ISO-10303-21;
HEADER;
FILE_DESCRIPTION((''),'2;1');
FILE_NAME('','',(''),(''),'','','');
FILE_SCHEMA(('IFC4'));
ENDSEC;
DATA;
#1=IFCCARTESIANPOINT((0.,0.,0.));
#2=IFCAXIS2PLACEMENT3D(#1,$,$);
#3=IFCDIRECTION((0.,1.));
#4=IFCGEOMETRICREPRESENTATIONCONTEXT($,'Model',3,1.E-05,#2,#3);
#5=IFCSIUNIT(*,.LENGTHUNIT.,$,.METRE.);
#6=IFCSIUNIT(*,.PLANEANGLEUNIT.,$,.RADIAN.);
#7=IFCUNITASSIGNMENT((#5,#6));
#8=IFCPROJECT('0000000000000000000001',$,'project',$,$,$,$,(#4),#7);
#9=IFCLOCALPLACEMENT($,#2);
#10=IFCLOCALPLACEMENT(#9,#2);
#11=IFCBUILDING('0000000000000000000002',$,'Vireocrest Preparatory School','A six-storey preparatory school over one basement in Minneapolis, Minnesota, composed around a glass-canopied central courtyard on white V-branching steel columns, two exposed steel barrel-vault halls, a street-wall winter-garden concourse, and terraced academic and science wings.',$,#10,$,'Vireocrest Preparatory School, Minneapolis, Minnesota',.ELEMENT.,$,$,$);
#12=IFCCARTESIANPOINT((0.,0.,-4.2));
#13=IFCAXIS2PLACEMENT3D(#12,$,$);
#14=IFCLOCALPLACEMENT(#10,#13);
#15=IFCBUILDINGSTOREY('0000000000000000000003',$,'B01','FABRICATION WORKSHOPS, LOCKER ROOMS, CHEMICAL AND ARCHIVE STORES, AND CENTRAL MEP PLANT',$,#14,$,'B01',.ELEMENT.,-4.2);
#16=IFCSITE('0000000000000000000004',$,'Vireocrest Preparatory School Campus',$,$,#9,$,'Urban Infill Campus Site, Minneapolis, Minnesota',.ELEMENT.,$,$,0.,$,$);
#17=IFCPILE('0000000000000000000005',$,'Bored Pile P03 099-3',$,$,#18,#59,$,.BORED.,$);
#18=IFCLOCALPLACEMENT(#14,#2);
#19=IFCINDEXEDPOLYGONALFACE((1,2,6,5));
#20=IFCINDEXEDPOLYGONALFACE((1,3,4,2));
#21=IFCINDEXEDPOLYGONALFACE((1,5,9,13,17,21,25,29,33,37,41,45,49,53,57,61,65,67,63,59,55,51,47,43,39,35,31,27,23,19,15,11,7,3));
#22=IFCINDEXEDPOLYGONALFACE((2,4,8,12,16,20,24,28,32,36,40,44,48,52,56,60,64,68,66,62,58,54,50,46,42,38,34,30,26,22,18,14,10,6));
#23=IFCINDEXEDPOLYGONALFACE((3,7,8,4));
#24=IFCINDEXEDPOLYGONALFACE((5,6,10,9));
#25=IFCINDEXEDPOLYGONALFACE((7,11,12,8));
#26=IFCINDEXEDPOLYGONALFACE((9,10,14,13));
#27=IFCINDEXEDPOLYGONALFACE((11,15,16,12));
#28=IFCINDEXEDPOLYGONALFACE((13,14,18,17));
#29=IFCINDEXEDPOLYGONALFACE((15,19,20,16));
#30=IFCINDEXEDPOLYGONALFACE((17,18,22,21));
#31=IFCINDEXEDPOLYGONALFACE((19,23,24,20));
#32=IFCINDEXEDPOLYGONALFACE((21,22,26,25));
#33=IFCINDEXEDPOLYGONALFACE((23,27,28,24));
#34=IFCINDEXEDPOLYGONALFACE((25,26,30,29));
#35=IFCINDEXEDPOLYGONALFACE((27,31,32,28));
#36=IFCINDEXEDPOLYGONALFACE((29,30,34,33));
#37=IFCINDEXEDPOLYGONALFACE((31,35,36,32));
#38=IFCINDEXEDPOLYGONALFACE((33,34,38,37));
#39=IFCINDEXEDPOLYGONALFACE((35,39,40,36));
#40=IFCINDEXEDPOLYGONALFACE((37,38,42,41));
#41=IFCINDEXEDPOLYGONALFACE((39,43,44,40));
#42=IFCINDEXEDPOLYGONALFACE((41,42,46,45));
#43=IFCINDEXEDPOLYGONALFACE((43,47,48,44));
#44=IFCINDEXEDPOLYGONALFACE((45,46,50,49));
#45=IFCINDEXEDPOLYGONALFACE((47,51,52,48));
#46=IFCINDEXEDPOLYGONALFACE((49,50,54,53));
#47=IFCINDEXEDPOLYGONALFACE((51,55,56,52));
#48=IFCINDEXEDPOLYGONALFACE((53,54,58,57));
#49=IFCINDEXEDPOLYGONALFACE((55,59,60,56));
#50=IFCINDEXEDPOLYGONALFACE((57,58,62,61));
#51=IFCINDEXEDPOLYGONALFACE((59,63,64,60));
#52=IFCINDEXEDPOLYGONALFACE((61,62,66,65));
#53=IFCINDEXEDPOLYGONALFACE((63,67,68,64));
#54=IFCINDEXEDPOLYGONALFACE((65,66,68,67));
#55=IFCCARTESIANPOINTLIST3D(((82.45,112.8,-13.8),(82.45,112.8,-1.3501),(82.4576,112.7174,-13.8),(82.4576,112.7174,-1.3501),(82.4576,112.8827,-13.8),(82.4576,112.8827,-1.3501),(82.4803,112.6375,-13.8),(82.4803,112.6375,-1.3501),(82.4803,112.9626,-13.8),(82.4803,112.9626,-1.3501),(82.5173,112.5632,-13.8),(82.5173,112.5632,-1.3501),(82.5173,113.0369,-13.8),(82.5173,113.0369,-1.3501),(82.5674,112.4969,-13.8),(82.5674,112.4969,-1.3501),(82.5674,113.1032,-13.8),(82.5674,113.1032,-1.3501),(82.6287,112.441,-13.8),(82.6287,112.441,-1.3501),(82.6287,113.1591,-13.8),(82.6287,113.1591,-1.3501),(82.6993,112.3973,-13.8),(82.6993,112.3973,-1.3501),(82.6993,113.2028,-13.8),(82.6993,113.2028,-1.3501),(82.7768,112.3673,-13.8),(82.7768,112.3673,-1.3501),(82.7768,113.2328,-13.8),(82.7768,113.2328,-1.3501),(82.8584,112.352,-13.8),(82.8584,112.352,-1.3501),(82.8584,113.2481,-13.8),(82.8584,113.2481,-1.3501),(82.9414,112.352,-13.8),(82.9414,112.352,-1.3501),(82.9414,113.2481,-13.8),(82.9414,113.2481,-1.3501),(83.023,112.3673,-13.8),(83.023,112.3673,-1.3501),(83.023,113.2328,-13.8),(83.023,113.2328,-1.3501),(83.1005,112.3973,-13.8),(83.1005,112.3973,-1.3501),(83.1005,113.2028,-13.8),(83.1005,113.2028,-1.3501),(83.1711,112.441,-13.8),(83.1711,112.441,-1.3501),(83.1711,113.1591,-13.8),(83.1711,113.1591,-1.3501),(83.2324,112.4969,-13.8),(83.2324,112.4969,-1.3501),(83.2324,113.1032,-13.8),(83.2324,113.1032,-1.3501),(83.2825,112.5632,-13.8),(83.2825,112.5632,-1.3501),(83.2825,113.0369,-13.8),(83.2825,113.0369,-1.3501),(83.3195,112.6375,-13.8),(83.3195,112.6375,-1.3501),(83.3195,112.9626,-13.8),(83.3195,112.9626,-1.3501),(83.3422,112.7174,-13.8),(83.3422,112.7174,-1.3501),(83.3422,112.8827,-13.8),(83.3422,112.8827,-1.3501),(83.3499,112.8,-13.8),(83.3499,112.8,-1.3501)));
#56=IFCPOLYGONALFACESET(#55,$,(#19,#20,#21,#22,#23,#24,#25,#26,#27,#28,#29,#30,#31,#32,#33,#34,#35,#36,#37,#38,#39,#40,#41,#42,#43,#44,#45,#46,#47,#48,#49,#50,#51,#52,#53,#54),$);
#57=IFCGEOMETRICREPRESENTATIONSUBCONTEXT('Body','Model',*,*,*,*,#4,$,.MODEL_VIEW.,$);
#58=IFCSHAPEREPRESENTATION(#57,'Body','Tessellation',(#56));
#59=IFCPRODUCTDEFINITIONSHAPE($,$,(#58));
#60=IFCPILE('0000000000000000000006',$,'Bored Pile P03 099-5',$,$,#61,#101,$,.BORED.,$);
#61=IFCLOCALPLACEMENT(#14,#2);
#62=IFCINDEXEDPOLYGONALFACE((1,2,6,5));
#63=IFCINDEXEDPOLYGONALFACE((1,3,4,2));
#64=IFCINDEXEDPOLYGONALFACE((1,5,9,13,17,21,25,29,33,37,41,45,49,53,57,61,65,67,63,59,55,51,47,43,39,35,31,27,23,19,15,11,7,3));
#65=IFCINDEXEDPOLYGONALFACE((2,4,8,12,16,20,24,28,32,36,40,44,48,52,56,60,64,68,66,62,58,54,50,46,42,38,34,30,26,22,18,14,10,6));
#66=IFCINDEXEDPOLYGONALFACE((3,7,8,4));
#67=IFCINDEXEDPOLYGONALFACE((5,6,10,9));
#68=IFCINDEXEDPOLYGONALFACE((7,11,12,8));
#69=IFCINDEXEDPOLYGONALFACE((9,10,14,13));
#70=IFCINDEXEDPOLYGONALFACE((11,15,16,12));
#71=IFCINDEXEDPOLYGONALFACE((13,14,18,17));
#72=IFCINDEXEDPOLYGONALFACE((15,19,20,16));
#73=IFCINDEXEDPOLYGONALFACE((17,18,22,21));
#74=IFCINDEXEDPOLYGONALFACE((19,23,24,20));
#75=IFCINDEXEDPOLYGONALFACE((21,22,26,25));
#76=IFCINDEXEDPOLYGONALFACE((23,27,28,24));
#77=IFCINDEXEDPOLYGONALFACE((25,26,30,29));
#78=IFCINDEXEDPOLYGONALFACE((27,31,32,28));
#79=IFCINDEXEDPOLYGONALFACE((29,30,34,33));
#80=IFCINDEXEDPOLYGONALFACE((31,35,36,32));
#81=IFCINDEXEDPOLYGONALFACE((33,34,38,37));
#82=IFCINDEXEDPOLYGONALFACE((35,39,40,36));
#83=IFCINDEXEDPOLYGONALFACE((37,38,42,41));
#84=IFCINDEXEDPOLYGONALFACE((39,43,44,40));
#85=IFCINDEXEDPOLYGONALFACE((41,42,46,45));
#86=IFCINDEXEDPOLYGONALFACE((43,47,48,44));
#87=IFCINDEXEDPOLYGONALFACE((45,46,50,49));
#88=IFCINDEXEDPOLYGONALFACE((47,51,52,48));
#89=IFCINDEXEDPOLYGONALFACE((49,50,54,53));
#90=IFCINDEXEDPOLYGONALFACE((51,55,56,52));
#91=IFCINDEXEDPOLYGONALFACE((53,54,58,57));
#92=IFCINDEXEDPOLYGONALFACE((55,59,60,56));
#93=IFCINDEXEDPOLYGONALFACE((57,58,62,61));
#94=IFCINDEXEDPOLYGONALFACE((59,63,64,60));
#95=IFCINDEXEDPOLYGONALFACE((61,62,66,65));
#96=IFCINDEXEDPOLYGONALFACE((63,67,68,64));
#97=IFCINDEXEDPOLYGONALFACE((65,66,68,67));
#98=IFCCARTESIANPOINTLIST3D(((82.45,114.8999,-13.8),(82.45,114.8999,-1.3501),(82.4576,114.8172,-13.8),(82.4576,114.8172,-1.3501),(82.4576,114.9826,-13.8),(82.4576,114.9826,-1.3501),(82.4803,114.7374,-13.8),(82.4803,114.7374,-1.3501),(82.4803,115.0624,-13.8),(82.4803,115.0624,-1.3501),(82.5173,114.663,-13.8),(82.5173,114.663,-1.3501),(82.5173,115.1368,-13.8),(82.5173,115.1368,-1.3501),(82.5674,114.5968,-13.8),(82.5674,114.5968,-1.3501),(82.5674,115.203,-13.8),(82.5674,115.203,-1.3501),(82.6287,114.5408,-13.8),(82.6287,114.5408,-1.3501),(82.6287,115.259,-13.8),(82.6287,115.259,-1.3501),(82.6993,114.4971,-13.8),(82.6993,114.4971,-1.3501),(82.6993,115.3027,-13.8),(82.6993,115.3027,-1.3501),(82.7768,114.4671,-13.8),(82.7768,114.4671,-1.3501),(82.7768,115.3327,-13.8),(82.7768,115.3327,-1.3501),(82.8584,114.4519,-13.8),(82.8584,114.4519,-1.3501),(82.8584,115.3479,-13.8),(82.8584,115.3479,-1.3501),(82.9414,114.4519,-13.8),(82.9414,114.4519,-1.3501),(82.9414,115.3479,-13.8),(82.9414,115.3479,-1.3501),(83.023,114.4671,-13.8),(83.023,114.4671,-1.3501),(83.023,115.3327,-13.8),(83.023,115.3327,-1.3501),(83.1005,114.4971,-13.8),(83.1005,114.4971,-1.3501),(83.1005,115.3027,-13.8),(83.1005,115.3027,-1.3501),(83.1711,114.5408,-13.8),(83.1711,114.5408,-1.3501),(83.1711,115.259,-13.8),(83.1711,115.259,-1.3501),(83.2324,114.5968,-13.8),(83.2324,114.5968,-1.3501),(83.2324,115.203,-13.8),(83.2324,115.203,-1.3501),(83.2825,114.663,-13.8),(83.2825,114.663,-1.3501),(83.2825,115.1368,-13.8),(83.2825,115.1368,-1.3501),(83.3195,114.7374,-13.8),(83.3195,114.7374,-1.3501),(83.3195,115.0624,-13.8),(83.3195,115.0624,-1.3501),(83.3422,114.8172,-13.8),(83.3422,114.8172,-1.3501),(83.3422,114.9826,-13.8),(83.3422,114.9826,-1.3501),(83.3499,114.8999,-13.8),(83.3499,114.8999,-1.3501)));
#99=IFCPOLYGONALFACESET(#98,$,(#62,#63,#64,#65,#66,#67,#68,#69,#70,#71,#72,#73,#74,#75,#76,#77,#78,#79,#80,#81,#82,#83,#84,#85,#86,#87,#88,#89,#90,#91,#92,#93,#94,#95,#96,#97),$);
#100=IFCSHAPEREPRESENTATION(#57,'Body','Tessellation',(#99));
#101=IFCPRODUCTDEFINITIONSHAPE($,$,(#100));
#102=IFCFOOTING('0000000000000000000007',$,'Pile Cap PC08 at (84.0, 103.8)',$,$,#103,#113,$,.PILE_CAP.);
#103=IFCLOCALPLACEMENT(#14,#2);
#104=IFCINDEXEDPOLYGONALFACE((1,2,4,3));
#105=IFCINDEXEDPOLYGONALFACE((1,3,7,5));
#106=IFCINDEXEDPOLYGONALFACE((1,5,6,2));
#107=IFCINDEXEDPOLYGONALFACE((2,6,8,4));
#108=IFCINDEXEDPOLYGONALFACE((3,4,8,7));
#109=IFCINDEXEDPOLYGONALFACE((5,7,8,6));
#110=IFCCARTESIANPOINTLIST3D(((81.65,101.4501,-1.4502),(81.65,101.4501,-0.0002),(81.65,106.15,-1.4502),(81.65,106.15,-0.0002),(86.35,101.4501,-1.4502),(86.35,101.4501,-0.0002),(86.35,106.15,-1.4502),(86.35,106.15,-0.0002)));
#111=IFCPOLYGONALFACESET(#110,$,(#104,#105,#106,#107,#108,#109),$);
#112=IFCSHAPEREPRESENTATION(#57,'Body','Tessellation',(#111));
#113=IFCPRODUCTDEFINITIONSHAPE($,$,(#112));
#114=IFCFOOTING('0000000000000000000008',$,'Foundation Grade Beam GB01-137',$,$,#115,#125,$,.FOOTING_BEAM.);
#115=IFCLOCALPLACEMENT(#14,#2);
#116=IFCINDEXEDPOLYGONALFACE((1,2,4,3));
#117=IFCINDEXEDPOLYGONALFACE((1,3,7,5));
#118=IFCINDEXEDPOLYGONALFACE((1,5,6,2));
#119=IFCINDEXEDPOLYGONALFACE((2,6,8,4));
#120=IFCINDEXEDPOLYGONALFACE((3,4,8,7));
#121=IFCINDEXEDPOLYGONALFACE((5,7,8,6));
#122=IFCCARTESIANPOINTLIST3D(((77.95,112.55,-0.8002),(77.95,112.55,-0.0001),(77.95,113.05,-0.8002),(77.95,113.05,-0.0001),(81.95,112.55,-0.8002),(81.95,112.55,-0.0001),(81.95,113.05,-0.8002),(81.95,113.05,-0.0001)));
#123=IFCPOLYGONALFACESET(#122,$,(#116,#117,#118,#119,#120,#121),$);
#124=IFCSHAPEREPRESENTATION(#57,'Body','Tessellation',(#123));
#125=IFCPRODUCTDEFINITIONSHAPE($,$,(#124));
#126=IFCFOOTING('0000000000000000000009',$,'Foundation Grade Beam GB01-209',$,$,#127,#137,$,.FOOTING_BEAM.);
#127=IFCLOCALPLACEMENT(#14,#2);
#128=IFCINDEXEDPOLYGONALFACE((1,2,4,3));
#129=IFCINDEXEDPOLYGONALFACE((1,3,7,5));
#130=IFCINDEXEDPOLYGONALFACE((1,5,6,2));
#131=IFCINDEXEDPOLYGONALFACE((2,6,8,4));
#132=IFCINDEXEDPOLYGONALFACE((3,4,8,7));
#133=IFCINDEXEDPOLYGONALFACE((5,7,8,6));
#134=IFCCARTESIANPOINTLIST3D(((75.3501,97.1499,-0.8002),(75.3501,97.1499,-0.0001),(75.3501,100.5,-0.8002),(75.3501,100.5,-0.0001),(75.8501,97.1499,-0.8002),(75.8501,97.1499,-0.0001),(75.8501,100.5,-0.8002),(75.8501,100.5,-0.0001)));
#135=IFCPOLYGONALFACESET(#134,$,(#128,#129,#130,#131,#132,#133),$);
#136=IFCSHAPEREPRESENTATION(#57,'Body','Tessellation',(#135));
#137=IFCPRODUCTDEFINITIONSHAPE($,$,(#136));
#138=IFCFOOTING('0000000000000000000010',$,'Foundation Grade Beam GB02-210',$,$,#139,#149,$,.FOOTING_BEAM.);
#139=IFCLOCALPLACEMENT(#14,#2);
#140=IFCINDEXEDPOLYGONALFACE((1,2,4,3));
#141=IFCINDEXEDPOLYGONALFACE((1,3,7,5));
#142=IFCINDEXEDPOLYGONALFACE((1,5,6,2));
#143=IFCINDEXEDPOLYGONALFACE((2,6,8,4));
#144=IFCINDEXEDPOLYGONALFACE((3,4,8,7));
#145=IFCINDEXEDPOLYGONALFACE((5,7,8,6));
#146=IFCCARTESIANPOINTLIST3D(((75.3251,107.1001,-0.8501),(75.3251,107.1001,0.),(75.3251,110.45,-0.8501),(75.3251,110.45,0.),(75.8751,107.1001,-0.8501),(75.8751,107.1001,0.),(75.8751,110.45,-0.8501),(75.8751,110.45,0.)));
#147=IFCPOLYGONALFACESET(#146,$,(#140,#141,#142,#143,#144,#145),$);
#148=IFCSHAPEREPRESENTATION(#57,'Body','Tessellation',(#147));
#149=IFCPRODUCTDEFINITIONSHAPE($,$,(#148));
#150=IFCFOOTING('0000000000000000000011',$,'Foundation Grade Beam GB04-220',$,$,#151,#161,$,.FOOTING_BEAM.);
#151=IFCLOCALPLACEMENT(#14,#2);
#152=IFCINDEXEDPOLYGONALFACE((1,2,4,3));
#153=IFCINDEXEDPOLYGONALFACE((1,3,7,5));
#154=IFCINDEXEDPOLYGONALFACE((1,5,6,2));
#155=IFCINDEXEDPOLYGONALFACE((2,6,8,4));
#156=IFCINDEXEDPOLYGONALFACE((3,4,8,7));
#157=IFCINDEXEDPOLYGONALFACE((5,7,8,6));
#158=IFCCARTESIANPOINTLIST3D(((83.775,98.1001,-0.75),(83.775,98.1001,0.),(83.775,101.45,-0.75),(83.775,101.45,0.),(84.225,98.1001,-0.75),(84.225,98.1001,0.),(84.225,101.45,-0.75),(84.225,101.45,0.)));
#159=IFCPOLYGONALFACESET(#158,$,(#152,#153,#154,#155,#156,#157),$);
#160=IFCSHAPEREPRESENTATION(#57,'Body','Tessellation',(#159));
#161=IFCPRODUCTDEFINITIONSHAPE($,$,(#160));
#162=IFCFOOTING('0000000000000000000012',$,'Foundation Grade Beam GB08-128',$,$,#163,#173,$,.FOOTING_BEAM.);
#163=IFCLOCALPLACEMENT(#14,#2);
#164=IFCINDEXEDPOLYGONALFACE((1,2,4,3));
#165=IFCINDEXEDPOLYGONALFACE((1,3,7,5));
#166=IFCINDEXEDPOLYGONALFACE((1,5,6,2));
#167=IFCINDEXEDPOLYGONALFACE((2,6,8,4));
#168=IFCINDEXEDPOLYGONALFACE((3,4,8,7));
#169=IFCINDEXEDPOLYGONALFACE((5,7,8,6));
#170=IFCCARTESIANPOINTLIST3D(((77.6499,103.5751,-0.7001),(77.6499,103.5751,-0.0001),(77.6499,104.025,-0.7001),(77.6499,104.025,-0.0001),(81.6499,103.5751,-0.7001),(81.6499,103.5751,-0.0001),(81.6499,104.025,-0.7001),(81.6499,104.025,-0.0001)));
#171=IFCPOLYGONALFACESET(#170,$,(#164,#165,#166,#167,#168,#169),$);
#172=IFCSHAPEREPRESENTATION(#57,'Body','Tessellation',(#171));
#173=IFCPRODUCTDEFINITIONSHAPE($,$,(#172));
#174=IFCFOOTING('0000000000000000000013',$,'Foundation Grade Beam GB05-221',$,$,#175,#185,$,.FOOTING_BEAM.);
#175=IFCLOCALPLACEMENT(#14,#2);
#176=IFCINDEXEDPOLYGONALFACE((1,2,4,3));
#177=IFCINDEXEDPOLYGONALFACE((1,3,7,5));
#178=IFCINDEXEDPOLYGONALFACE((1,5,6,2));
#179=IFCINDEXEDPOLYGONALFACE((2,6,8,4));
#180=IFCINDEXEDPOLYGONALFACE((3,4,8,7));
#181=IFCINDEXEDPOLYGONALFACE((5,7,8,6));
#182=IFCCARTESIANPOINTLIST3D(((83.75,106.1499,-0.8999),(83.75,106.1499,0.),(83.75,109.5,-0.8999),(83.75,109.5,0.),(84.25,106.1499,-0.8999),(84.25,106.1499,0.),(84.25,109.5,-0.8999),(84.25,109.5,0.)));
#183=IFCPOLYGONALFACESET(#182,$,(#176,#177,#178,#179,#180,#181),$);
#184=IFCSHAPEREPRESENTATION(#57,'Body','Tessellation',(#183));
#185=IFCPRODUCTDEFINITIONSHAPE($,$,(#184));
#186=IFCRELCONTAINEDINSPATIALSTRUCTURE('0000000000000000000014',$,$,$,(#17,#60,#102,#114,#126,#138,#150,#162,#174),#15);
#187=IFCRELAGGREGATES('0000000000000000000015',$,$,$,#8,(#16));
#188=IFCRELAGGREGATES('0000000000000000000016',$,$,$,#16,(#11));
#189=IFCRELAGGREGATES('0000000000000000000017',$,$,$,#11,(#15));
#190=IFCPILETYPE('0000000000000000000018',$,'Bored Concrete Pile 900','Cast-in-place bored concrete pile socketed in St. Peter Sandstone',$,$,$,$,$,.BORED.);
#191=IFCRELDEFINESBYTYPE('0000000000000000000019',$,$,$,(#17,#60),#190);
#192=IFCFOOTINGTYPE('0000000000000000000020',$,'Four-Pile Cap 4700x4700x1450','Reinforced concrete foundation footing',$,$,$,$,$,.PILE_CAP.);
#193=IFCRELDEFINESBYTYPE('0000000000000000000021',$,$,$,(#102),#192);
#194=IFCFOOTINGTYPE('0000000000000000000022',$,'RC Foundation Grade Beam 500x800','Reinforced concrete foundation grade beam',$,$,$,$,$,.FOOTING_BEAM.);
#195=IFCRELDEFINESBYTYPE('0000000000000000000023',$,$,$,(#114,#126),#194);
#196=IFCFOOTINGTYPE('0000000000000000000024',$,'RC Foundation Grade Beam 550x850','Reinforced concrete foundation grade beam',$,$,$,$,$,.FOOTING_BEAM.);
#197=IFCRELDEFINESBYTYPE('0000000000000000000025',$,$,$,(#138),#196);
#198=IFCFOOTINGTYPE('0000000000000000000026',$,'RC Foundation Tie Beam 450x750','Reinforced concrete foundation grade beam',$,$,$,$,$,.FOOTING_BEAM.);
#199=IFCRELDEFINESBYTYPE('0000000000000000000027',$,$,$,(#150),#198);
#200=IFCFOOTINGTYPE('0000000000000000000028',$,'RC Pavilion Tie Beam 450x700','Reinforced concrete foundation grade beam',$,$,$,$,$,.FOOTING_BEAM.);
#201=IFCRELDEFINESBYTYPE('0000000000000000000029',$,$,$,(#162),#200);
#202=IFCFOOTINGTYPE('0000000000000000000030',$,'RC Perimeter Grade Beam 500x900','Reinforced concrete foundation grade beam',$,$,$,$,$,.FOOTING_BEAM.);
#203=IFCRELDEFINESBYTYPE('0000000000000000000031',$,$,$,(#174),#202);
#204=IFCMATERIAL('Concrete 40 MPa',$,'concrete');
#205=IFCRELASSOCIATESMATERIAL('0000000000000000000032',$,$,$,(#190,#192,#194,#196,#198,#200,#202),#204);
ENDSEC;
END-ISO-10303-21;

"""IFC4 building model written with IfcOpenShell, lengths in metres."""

from ifc_helpers import new_model, si_unit, direction, frame, origin, origin_2d, place, context, subcontext, project, spatial, rectangle, circle, extrude, material, material_profile, profile_set, type_object, element, save


model = new_model("IFC4")

# Units and contexts
model_context = context("Model", 3, precision=1e-05, world=origin(), true_north=direction((0.0, 1.0)))
body_context = subcontext(model_context, "Body", "Model", "MODEL_VIEW")
ifc_project = project(units=[si_unit("LENGTHUNIT", "METRE"), si_unit("PLANEANGLEUNIT", "RADIAN")], contexts=[model_context])

# Site, building, storey
site_placement = place(None, origin())
site = spatial("IfcSite", under=ifc_project, at=site_placement, Name="Vireocrest Preparatory School Campus", LongName="Urban Infill Campus Site, Minneapolis, Minnesota", CompositionType="ELEMENT", RefElevation=0.0)
building_placement = place(site_placement, origin())
building = spatial("IfcBuilding", under=site, at=building_placement, Name="Vireocrest Preparatory School", Description="A six-storey preparatory school over one basement in Minneapolis, Minnesota, composed around a glass-canopied central courtyard on white V-branching steel columns, two exposed steel barrel-vault halls, a street-wall winter-garden concourse, and terraced academic and science wings.", LongName="Vireocrest Preparatory School, Minneapolis, Minnesota", CompositionType="ELEMENT")
storey_placement = place(building_placement, frame((0.0, 0.0, -4.2)))
storey = spatial("IfcBuildingStorey", under=building, at=storey_placement, Name="B01", Description="FABRICATION WORKSHOPS, LOCKER ROOMS, CHEMICAL AND ARCHIVE STORES, AND CENTRAL MEP PLANT", LongName="B01", CompositionType="ELEMENT", Elevation=-4.2)

# Piles
ifc_material_1 = material(Name="Concrete 40 MPa", Category="concrete")
ifc_material_profile_1 = material_profile(ifc_material_1, circle(Radius=0.45, at=origin_2d()), Name="BORED PILE 900")
ifc_profile_set_1 = profile_set([ifc_material_profile_1], Name="Concrete 40 MPa")
pile_type = type_object("IfcPileType", Name="Bored Concrete Pile 900", Description="Cast-in-place bored concrete pile socketed in St. Peter Sandstone", PredefinedType="BORED", material=ifc_profile_set_1)
for number, where, z_axis, x_axis, name in (
    (1, (82.8999, 112.8, -1.3501), (0.0, 0.0, -1.0), (1.0, 0.0, 0.0), "Bored Pile P03 099-3"),
    (2, (82.8999, 114.8999, -1.3501), (0.0, 0.0, -1.0), (1.0, 0.0, 0.0), "Bored Pile P03 099-5"),
):
    element("IfcPile", number, at=place(storey_placement, frame(where, z_axis=z_axis, x_axis=x_axis)), inside=storey, type_object=pile_type, Name=name, PredefinedType="BORED", context=body_context, shape_type="SweptSolid", body=[
        extrude(circle(Radius=0.45, at=origin_2d()), origin(), (0.0, 0.0, 1.0), 12.45),
    ])

# Footings
footing_type_1 = type_object("IfcFootingType", Name="Four-Pile Cap 4700x4700x1450", Description="Reinforced concrete foundation footing", PredefinedType="PILE_CAP", material=ifc_material_1)
footing_1_placement = place(storey_placement, frame((84.0, 103.8, -1.4502), z_axis=(0.0, 0.0, 1.0), x_axis=(1.0, 0.0, 0.0)))
element("IfcFooting", 3, at=footing_1_placement, inside=storey, type_object=footing_type_1, Name="Pile Cap PC08 at (84.0, 103.8)", PredefinedType="PILE_CAP", context=body_context, shape_type="SweptSolid", body=[
    extrude(rectangle(XDim=4.7, YDim=4.7, at=origin_2d()), origin(), (0.0, 0.0, 1.0), 1.45),
])
ifc_material_profile_2 = material_profile(ifc_material_1, rectangle(XDim=0.5, YDim=0.8, at=origin_2d()), Name="GB 500x800")
ifc_profile_set_2 = profile_set([ifc_material_profile_2], Name="Concrete 40 MPa")
footing_type_2 = type_object("IfcFootingType", Name="RC Foundation Grade Beam 500x800", Description="Reinforced concrete foundation grade beam", PredefinedType="FOOTING_BEAM", material=ifc_profile_set_2)
footing_2_placement = place(storey_placement, frame((77.95, 112.8, -0.4001), z_axis=(1.0, 0.0, 0.0), x_axis=(0.0, 1.0, 0.0)))
element("IfcFooting", 4, at=footing_2_placement, inside=storey, type_object=footing_type_2, Name="Foundation Grade Beam GB01-137", PredefinedType="FOOTING_BEAM", context=body_context, shape_type="SweptSolid", body=[
    extrude(rectangle(XDim=0.5, YDim=0.8, at=origin_2d()), origin(), (0.0, 0.0, 1.0), 4.0),
])
footing_3_placement = place(storey_placement, frame((75.6001, 97.1499, -0.4001), z_axis=(0.0, 1.0, 0.0), x_axis=(-1.0, 0.0, 0.0)))
element("IfcFooting", 5, at=footing_3_placement, inside=storey, type_object=footing_type_2, Name="Foundation Grade Beam GB01-209", PredefinedType="FOOTING_BEAM", context=body_context, shape_type="SweptSolid", body=[
    extrude(rectangle(XDim=0.5, YDim=0.8, at=origin_2d()), origin(), (0.0, 0.0, 1.0), 3.3501),
])
ifc_material_profile_3 = material_profile(ifc_material_1, rectangle(XDim=0.55, YDim=0.8501, at=origin_2d()), Name="GB 550x850")
ifc_profile_set_3 = profile_set([ifc_material_profile_3], Name="Concrete 40 MPa")
footing_type_3 = type_object("IfcFootingType", Name="RC Foundation Grade Beam 550x850", Description="Reinforced concrete foundation grade beam", PredefinedType="FOOTING_BEAM", material=ifc_profile_set_3)
footing_4_placement = place(storey_placement, frame((75.6001, 107.1001, -0.425), z_axis=(0.0, 1.0, 0.0), x_axis=(-1.0, 0.0, 0.0)))
element("IfcFooting", 6, at=footing_4_placement, inside=storey, type_object=footing_type_3, Name="Foundation Grade Beam GB02-210", PredefinedType="FOOTING_BEAM", context=body_context, shape_type="SweptSolid", body=[
    extrude(rectangle(XDim=0.55, YDim=0.8501, at=origin_2d()), origin(), (0.0, 0.0, 1.0), 3.3499),
])
ifc_material_profile_4 = material_profile(ifc_material_1, rectangle(XDim=0.45, YDim=0.75, at=origin_2d()), Name="GB 450x750")
ifc_profile_set_4 = profile_set([ifc_material_profile_4], Name="Concrete 40 MPa")
footing_type_4 = type_object("IfcFootingType", Name="RC Foundation Tie Beam 450x750", Description="Reinforced concrete foundation grade beam", PredefinedType="FOOTING_BEAM", material=ifc_profile_set_4)
footing_5_placement = place(storey_placement, frame((84.0, 98.1001, -0.375), z_axis=(0.0, 1.0, 0.0), x_axis=(-1.0, 0.0, 0.0)))
element("IfcFooting", 7, at=footing_5_placement, inside=storey, type_object=footing_type_4, Name="Foundation Grade Beam GB04-220", PredefinedType="FOOTING_BEAM", context=body_context, shape_type="SweptSolid", body=[
    extrude(rectangle(XDim=0.45, YDim=0.75, at=origin_2d()), origin(), (0.0, 0.0, 1.0), 3.3499),
])
ifc_material_profile_5 = material_profile(ifc_material_1, rectangle(XDim=0.45, YDim=0.7, at=origin_2d()), Name="GB 450x700")
ifc_profile_set_5 = profile_set([ifc_material_profile_5], Name="Concrete 40 MPa")
footing_type_5 = type_object("IfcFootingType", Name="RC Pavilion Tie Beam 450x700", Description="Reinforced concrete foundation grade beam", PredefinedType="FOOTING_BEAM", material=ifc_profile_set_5)
footing_6_placement = place(storey_placement, frame((77.6499, 103.8, -0.3501), z_axis=(1.0, 0.0, 0.0), x_axis=(0.0, 1.0, 0.0)))
element("IfcFooting", 8, at=footing_6_placement, inside=storey, type_object=footing_type_5, Name="Foundation Grade Beam GB08-128", PredefinedType="FOOTING_BEAM", context=body_context, shape_type="SweptSolid", body=[
    extrude(rectangle(XDim=0.45, YDim=0.7, at=origin_2d()), origin(), (0.0, 0.0, 1.0), 4.0),
])
ifc_material_profile_6 = material_profile(ifc_material_1, rectangle(XDim=0.5, YDim=0.8999, at=origin_2d()), Name="GB 500x900")
ifc_profile_set_6 = profile_set([ifc_material_profile_6], Name="Concrete 40 MPa")
footing_type_6 = type_object("IfcFootingType", Name="RC Perimeter Grade Beam 500x900", Description="Reinforced concrete foundation grade beam", PredefinedType="FOOTING_BEAM", material=ifc_profile_set_6)
footing_7_placement = place(storey_placement, frame((84.0, 106.1499, -0.45), z_axis=(0.0, 1.0, 0.0), x_axis=(-1.0, 0.0, 0.0)))
element("IfcFooting", 9, at=footing_7_placement, inside=storey, type_object=footing_type_6, Name="Foundation Grade Beam GB05-221", PredefinedType="FOOTING_BEAM", context=body_context, shape_type="SweptSolid", body=[
    extrude(rectangle(XDim=0.5, YDim=0.8999, at=origin_2d()), origin(), (0.0, 0.0, 1.0), 3.3501),
])

save(model, "model.ifc")
